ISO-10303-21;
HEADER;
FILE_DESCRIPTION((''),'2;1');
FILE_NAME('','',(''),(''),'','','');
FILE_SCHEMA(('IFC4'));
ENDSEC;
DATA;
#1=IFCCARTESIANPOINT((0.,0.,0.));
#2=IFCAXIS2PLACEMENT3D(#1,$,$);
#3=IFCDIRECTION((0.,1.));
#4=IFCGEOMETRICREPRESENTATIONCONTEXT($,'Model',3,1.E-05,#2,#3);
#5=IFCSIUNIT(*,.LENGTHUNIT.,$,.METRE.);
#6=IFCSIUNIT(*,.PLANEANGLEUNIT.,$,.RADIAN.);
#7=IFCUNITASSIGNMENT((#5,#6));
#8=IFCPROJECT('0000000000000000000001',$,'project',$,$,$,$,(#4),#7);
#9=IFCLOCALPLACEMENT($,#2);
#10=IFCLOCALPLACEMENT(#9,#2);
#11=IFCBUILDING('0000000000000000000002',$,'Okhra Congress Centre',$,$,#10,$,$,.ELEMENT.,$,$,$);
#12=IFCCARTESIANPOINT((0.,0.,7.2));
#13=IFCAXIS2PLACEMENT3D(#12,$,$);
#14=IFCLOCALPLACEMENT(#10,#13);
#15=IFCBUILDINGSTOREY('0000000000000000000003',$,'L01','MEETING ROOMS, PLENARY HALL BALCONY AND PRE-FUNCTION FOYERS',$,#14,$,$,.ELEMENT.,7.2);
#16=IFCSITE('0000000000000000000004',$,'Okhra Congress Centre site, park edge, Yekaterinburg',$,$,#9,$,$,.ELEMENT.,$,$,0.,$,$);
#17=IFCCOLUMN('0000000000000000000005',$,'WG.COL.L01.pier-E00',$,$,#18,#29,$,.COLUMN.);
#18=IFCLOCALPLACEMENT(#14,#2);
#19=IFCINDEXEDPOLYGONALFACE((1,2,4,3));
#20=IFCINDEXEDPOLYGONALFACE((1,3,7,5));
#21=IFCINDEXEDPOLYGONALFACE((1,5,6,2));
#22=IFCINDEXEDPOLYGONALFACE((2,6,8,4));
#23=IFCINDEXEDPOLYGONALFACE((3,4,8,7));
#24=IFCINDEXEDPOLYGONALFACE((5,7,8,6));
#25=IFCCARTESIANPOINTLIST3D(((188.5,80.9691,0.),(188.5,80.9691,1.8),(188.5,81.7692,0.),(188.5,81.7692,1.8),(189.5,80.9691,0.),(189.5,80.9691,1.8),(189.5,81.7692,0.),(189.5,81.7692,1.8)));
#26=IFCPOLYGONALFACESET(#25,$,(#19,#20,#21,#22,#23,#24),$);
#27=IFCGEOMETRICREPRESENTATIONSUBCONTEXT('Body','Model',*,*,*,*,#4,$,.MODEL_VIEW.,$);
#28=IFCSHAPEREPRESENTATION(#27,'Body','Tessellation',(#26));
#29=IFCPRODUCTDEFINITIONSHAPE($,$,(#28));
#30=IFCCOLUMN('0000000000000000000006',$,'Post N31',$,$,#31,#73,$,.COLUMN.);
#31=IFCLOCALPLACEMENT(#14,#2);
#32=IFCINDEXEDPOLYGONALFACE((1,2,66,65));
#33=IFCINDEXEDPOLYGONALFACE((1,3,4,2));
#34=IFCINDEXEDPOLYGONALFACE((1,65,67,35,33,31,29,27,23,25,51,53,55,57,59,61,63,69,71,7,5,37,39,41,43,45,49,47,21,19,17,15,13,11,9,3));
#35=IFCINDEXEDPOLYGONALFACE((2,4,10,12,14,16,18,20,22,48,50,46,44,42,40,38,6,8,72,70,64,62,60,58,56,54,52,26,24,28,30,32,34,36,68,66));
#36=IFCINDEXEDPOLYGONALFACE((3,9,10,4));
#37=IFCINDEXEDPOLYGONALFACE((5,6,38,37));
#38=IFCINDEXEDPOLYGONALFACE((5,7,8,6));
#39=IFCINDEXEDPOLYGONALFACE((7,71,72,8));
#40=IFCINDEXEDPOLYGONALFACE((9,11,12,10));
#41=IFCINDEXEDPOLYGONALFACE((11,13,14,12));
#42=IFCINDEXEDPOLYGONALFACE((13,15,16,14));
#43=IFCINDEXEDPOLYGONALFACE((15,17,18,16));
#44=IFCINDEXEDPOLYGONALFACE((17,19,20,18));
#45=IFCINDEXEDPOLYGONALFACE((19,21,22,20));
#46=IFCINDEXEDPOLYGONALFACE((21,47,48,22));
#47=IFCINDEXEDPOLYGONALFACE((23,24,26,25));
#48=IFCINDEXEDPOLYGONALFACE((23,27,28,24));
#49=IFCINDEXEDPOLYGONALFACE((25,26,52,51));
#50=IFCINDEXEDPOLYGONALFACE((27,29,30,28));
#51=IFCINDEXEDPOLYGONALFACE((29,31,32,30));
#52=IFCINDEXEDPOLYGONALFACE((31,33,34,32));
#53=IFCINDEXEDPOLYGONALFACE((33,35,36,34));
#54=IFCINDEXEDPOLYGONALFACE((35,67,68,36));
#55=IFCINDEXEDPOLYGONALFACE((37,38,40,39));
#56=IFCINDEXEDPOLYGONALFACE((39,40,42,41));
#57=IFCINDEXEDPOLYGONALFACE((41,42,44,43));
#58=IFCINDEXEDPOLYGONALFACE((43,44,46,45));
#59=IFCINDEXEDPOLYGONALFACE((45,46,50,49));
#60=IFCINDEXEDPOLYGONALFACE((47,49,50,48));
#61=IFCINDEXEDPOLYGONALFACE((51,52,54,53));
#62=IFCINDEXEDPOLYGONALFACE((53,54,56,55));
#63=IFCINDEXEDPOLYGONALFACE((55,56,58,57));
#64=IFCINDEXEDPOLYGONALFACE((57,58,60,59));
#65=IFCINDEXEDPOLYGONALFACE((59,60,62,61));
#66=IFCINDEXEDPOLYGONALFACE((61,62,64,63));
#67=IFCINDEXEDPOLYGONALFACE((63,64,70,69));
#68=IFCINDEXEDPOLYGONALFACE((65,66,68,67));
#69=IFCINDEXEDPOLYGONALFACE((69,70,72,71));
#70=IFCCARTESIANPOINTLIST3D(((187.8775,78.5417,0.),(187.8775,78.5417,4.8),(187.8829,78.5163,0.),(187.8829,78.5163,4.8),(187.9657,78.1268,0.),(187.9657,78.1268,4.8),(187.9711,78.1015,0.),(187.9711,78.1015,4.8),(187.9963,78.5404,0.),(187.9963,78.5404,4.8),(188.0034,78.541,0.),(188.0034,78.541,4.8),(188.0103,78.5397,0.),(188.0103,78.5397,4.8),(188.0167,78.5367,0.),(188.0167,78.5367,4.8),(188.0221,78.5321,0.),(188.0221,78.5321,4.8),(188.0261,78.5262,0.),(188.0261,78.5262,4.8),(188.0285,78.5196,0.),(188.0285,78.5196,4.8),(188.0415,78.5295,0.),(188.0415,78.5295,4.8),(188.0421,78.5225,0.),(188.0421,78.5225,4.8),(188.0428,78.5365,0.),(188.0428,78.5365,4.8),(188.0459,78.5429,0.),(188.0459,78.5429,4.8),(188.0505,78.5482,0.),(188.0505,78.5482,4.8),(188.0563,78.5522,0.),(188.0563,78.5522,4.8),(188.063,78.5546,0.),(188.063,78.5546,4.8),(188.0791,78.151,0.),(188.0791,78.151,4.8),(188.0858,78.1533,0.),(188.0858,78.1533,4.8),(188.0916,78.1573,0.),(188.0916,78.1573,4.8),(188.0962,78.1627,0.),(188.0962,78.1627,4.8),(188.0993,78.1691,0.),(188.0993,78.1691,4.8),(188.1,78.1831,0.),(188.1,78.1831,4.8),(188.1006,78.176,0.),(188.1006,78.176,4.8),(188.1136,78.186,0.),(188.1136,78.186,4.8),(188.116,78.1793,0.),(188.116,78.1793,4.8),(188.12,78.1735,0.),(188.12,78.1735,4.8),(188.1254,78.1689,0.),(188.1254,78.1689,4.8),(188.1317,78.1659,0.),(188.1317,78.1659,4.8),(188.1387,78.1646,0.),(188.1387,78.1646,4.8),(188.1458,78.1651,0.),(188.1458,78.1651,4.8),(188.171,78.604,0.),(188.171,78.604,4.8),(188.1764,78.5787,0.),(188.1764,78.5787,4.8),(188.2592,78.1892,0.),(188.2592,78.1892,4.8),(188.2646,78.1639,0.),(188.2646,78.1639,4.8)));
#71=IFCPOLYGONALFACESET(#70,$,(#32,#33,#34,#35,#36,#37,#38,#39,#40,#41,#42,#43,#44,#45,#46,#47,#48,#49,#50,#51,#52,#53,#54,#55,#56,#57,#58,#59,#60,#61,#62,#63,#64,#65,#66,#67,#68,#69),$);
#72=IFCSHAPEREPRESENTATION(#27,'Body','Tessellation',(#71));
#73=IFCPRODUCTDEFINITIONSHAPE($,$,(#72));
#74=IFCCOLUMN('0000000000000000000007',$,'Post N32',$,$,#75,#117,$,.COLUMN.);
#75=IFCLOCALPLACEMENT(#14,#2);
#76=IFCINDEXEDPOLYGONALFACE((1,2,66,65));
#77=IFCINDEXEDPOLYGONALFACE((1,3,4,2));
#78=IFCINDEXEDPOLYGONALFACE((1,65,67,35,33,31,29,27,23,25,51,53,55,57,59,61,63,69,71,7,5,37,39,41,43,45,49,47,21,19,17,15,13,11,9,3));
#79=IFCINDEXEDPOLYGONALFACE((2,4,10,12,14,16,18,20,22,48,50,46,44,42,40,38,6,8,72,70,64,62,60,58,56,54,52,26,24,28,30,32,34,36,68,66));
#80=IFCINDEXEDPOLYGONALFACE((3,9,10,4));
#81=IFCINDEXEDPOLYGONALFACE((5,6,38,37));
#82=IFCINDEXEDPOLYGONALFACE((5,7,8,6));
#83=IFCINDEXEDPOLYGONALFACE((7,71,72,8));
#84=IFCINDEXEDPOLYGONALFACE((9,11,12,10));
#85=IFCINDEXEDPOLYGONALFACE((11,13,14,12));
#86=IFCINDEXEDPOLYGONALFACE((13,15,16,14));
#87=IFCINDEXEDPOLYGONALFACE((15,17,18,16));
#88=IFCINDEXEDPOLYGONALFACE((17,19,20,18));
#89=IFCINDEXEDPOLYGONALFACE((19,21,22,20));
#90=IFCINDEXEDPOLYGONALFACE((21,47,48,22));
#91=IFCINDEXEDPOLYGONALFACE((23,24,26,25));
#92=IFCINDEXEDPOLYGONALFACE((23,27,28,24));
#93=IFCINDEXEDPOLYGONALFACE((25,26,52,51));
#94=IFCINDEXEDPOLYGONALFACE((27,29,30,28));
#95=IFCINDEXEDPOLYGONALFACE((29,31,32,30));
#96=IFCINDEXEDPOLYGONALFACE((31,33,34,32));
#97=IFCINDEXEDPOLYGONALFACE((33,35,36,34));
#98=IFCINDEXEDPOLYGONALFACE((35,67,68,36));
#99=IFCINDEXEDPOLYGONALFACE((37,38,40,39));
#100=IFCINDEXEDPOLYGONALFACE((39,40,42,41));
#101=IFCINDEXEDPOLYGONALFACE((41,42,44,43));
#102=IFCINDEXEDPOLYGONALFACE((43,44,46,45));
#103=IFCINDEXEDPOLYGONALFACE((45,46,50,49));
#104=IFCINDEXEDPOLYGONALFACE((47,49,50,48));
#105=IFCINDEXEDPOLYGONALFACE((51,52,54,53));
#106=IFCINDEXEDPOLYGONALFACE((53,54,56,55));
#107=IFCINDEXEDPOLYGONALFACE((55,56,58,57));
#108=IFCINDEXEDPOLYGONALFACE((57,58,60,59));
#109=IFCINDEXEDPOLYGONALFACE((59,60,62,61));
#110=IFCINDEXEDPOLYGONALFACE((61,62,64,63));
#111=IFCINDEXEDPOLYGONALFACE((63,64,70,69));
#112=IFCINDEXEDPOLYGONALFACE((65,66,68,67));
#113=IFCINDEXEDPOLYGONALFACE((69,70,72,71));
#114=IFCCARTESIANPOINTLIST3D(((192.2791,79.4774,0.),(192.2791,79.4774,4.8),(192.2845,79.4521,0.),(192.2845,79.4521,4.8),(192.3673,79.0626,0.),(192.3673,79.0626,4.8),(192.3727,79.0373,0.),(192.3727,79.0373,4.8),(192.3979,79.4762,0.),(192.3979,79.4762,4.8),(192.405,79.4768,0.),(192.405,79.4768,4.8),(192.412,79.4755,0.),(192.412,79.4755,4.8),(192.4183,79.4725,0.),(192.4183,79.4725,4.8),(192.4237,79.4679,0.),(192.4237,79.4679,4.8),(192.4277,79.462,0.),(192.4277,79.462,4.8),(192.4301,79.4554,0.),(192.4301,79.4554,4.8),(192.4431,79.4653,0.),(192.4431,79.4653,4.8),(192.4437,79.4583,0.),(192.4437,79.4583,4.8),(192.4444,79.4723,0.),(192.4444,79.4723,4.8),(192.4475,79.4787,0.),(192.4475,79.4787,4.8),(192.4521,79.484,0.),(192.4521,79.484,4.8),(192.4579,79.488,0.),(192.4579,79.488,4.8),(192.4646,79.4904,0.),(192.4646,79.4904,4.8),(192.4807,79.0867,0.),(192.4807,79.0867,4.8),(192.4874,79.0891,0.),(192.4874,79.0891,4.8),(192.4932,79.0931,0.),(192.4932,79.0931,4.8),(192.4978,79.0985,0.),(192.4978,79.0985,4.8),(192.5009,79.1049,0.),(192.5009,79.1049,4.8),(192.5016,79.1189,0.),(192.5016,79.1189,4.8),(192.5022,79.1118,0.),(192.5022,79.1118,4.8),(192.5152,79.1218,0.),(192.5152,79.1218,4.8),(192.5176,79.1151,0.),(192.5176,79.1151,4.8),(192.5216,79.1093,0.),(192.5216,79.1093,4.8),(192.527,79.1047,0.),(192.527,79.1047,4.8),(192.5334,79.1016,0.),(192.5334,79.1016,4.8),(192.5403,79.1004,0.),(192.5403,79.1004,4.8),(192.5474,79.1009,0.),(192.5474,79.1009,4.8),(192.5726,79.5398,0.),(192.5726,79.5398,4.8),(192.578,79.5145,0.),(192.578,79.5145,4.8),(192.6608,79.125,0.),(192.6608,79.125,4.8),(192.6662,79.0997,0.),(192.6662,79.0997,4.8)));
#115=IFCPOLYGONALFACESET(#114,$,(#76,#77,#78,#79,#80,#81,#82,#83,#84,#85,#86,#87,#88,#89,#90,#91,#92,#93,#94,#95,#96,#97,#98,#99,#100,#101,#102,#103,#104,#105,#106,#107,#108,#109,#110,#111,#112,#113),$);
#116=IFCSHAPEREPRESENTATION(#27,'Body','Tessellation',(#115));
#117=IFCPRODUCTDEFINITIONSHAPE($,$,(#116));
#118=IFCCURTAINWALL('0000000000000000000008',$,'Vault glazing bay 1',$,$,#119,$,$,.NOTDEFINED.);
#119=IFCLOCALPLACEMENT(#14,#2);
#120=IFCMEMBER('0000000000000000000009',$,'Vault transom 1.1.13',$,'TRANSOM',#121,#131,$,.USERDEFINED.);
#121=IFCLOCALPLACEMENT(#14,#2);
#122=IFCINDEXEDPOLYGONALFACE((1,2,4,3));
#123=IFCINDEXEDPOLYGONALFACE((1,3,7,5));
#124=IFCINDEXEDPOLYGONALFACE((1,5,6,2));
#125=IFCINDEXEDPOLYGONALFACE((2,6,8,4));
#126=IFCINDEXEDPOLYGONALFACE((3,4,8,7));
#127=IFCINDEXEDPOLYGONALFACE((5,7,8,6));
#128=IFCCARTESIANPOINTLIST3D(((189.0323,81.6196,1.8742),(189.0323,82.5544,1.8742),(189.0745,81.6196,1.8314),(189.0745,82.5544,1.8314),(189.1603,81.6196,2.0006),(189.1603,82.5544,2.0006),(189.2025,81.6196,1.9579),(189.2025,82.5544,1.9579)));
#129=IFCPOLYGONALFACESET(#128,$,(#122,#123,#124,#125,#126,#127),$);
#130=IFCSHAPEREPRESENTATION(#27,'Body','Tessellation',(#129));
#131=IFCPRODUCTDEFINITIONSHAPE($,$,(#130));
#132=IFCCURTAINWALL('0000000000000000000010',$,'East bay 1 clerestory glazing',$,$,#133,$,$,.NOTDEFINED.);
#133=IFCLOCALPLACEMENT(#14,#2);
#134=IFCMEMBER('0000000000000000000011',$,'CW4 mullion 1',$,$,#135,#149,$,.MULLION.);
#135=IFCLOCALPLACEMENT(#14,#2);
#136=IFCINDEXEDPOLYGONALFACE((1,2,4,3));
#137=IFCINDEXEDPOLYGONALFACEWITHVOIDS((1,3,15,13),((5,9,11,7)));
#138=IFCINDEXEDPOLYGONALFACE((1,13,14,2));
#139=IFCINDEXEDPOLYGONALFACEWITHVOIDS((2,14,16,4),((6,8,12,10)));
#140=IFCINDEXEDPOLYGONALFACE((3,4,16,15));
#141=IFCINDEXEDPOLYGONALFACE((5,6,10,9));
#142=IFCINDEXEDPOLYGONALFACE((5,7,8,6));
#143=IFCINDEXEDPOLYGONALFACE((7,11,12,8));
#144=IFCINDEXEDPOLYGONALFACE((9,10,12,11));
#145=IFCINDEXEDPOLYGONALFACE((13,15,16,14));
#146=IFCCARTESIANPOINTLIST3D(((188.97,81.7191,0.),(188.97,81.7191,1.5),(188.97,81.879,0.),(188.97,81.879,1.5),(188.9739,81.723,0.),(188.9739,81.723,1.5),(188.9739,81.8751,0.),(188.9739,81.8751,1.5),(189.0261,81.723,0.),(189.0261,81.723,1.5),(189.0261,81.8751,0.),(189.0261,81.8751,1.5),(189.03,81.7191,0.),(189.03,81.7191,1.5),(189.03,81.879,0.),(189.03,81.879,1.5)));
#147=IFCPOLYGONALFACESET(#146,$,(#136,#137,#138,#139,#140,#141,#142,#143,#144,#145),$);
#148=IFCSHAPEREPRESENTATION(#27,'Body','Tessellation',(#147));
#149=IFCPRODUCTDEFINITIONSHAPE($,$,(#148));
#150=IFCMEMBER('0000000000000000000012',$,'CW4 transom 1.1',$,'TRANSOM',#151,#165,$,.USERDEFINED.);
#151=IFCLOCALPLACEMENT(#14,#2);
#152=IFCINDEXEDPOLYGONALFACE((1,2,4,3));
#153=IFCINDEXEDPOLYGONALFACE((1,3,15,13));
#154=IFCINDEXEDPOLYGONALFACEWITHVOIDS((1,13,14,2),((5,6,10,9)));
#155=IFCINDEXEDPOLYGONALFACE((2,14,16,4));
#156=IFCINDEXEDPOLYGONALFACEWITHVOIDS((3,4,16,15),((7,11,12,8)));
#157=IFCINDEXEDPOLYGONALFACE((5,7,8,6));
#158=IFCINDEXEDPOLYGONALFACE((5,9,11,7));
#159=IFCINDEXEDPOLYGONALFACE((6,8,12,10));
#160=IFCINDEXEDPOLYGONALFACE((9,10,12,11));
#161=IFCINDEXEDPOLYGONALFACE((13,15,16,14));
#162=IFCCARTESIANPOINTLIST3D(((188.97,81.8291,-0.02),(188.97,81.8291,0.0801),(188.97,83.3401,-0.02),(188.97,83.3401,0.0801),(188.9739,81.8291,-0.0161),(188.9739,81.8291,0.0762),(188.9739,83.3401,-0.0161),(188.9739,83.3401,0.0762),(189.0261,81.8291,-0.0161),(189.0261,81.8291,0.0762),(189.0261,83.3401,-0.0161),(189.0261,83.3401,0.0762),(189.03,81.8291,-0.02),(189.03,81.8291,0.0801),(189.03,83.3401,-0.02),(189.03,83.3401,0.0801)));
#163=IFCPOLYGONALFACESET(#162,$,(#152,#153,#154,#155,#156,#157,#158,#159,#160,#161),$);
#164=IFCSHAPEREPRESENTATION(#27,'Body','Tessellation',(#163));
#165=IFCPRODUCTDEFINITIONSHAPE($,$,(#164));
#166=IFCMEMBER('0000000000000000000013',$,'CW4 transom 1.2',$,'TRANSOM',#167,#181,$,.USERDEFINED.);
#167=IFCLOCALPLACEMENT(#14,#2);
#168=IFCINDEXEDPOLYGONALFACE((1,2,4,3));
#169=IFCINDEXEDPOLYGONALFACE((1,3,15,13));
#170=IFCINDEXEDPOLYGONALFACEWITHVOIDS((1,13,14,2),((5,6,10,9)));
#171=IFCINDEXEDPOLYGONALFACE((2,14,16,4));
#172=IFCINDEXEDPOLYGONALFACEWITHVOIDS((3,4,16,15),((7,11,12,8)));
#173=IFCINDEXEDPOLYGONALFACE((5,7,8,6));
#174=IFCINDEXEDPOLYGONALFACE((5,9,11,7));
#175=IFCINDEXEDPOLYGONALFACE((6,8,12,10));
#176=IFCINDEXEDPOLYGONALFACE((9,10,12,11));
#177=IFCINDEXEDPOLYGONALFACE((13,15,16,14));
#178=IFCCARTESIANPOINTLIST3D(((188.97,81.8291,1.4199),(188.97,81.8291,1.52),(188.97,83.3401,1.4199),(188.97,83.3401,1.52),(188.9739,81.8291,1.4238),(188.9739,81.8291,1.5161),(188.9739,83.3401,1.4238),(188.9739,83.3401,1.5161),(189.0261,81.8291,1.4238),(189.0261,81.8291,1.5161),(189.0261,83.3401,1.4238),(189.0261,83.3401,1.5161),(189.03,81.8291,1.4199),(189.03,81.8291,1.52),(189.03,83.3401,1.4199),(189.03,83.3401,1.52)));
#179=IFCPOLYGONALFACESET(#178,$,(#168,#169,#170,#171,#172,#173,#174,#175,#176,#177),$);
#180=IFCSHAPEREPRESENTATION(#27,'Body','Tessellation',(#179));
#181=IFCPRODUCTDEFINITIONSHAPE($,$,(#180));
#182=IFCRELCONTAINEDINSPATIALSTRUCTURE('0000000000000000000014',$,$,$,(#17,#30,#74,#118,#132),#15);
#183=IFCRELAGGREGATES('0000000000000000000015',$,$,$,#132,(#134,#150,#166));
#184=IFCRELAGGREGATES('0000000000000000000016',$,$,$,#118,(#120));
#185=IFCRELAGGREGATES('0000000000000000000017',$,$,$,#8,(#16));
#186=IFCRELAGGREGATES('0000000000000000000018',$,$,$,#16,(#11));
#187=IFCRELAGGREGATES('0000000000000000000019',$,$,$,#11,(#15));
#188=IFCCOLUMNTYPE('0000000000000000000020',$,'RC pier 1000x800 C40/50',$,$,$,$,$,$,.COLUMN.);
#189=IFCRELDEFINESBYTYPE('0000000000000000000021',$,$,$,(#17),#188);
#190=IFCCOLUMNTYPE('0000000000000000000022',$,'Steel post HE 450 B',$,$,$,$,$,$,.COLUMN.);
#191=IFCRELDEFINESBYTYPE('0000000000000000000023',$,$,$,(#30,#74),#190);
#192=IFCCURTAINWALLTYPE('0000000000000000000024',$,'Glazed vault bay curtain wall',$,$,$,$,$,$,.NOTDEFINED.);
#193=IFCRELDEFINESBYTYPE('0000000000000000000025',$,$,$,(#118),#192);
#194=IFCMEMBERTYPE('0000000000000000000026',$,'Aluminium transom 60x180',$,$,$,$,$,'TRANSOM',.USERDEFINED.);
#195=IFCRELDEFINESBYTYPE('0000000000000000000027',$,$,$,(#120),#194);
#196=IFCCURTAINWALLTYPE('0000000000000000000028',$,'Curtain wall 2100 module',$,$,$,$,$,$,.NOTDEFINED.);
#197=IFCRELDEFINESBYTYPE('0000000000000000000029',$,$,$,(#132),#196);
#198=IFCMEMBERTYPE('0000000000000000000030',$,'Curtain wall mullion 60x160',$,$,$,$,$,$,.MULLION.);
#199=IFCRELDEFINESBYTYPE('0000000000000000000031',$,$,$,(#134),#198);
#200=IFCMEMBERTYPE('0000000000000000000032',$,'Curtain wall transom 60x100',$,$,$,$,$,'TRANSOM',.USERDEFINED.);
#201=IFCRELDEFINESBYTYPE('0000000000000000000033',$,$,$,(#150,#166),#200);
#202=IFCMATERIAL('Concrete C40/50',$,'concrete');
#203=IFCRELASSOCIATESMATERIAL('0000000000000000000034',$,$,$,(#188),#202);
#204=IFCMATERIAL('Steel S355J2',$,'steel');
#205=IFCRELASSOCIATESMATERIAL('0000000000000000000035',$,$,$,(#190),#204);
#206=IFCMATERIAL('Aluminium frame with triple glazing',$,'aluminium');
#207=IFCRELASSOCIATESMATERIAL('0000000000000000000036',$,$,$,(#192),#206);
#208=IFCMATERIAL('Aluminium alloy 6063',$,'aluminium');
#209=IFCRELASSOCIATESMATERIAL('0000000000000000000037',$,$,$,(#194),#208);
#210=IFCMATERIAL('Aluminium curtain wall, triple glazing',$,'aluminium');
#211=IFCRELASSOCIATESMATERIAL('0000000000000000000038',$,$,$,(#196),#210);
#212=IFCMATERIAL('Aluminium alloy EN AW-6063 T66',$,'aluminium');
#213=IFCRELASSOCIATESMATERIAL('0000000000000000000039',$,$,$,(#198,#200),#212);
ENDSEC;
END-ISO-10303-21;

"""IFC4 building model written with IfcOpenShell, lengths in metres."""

from ifc_helpers import new_model, si_unit, direction, frame, origin, origin_2d, place, context, subcontext, project, spatial, rectangle, hollow_rectangle, i_section, extrude, material, material_profile, profile_set, type_object, element, aggregate, save


model = new_model("IFC4")

# Units and contexts
model_context = context("Model", 3, precision=1e-05, world=origin(), true_north=direction((0.0, 1.0)))
body_context = subcontext(model_context, "Body", "Model", "MODEL_VIEW")
ifc_project = project(units=[si_unit("LENGTHUNIT", "METRE"), si_unit("PLANEANGLEUNIT", "RADIAN")], contexts=[model_context])

# Site, building, storey
site_placement = place(None, origin())
site = spatial("IfcSite", under=ifc_project, at=site_placement, Name="Okhra Congress Centre site, park edge, Yekaterinburg", CompositionType="ELEMENT", RefElevation=0.0)
building_placement = place(site_placement, origin())
building = spatial("IfcBuilding", under=site, at=building_placement, Name="Okhra Congress Centre", CompositionType="ELEMENT")
storey_placement = place(building_placement, frame((0.0, 0.0, 7.2)))
storey = spatial("IfcBuildingStorey", under=building, at=storey_placement, Name="L01", Description="MEETING ROOMS, PLENARY HALL BALCONY AND PRE-FUNCTION FOYERS", CompositionType="ELEMENT", Elevation=7.2)

# Columns
ifc_material_1 = material(Name="Concrete C40/50", Category="concrete")
ifc_material_profile_1 = material_profile(ifc_material_1, rectangle(XDim=1.0, YDim=0.8, at=origin_2d()), Name="RC 1000x800")
ifc_profile_set_1 = profile_set([ifc_material_profile_1], Name="Concrete C40/50")
column_type_1 = type_object("IfcColumnType", Name="RC pier 1000x800 C40/50", PredefinedType="COLUMN", material=ifc_profile_set_1)
column_placement = place(storey_placement, frame((189.0, 81.3691, 0.0), z_axis=(0.0, 0.0, 1.0), x_axis=(1.0, 0.0, 0.0)))
element("IfcColumn", 1, at=column_placement, inside=storey, type_object=column_type_1, Name="WG.COL.L01.pier-E00", PredefinedType="COLUMN", context=body_context, shape_type="SweptSolid", body=[
    extrude(rectangle(XDim=1.0, YDim=0.8, at=origin_2d()), origin(), (0.0, 0.0, 1.0), 1.8),
])
ifc_material_2 = material(Name="Steel S355J2", Category="steel")
ifc_material_profile_2 = material_profile(ifc_material_2, i_section(OverallWidth=0.3, OverallDepth=0.45, WebThickness=0.0139, FlangeThickness=0.0259, FilletRadius=0.0271, at=origin_2d()), Name="HE 450 B")
ifc_profile_set_2 = profile_set([ifc_material_profile_2], Name="Steel S355J2")
column_type_2 = type_object("IfcColumnType", Name="Steel post HE 450 B", PredefinedType="COLUMN", material=ifc_profile_set_2)
for number, where, z_axis, x_axis, name in (
    (2, (188.071, 78.3528, 0.0), (0.0, 0.0, 1.0), (0.978148, 0.207912, 0.0), "Post N31"),
    (3, (192.4727, 79.2886, 0.0), (0.0, 0.0, 1.0), (0.978148, 0.207912, 0.0), "Post N32"),
):
    element("IfcColumn", number, at=place(storey_placement, frame(where, z_axis=z_axis, x_axis=x_axis)), inside=storey, type_object=column_type_2, Name=name, PredefinedType="COLUMN", context=body_context, shape_type="SweptSolid", body=[
        extrude(i_section(OverallWidth=0.3, OverallDepth=0.45, WebThickness=0.0139, FlangeThickness=0.0259, FilletRadius=0.0271, at=origin_2d()), origin(), (0.0, 0.0, 1.0), 4.8),
    ])

# Curtain wall, member
ifc_material_3 = material(Name="Aluminium frame with triple glazing", Category="aluminium")
curtain_wall_type_1 = type_object("IfcCurtainWallType", Name="Glazed vault bay curtain wall", PredefinedType="NOTDEFINED", material=ifc_material_3)
curtain_wall_1_placement = place(storey_placement, origin())
curtain_wall_1 = element("IfcCurtainWall", 4, at=curtain_wall_1_placement, inside=storey, type_object=curtain_wall_type_1, Name="Vault glazing bay 1", PredefinedType="NOTDEFINED")
ifc_material_4 = material(Name="Aluminium alloy 6063", Category="aluminium")
ifc_material_profile_3 = material_profile(ifc_material_4, rectangle(XDim=0.0601, YDim=0.1799, at=origin_2d()), Name="AL 60x180 transom")
ifc_profile_set_3 = profile_set([ifc_material_profile_3], Name="Aluminium alloy 6063")
member_type_1 = type_object("IfcMemberType", Name="Aluminium transom 60x180", ElementType="TRANSOM", PredefinedType="USERDEFINED", material=ifc_profile_set_3)
member_1_placement = place(storey_placement, frame((189.1174, 81.6196, 1.916), z_axis=(0.0, 1.0, 0.0), x_axis=(-0.702636, 0.0, 0.711549)))
member_1 = element("IfcMember", 5, at=member_1_placement, type_object=member_type_1, Name="Vault transom 1.1.13", ObjectType="TRANSOM", PredefinedType="USERDEFINED", context=body_context, shape_type="SweptSolid", body=[
    extrude(rectangle(XDim=0.0601, YDim=0.1799, at=origin_2d()), origin(), (0.0, 0.0, 1.0), 0.9348),
])

# Curtain wall, members
ifc_material_5 = material(Name="Aluminium curtain wall, triple glazing", Category="aluminium")
curtain_wall_type_2 = type_object("IfcCurtainWallType", Name="Curtain wall 2100 module", PredefinedType="NOTDEFINED", material=ifc_material_5)
curtain_wall_2_placement = place(storey_placement, origin())
curtain_wall_2 = element("IfcCurtainWall", 6, at=curtain_wall_2_placement, inside=storey, type_object=curtain_wall_type_2, Name="East bay 1 clerestory glazing", PredefinedType="NOTDEFINED")
ifc_material_6 = material(Name="Aluminium alloy EN AW-6063 T66", Category="aluminium")
ifc_material_profile_4 = material_profile(ifc_material_6, hollow_rectangle(XDim=0.0601, YDim=0.1599, WallThickness=0.0039, at=origin_2d()), Name="RHS 60x160x4")
ifc_profile_set_4 = profile_set([ifc_material_profile_4], Name="Aluminium alloy EN AW-6063 T66")
member_type_2 = type_object("IfcMemberType", Name="Curtain wall mullion 60x160", PredefinedType="MULLION", material=ifc_profile_set_4)
member_2_placement = place(storey_placement, frame((189.0, 81.7991, 0.0), z_axis=(0.0, 0.0, 1.0), x_axis=(-1.0, 0.0, 0.0)))
member_2 = element("IfcMember", 7, at=member_2_placement, type_object=member_type_2, Name="CW4 mullion 1", PredefinedType="MULLION", context=body_context, shape_type="SweptSolid", body=[
    extrude(hollow_rectangle(XDim=0.0601, YDim=0.1599, WallThickness=0.0039, at=origin_2d()), origin(), (0.0, 0.0, 1.0), 1.5),
])
ifc_material_profile_5 = material_profile(ifc_material_6, hollow_rectangle(XDim=0.0601, YDim=0.1001, WallThickness=0.0039, at=origin_2d()), Name="RHS 60x100x4")
ifc_profile_set_5 = profile_set([ifc_material_profile_5], Name="Aluminium alloy EN AW-6063 T66")
member_type_3 = type_object("IfcMemberType", Name="Curtain wall transom 60x100", ElementType="TRANSOM", PredefinedType="USERDEFINED", material=ifc_profile_set_5)
member_3_placement = place(storey_placement, frame((189.0, 81.8291, 0.03), z_axis=(0.0, 1.0, 0.0), x_axis=(-1.0, 0.0, 0.0)))
member_3 = element("IfcMember", 8, at=member_3_placement, type_object=member_type_3, Name="CW4 transom 1.1", ObjectType="TRANSOM", PredefinedType="USERDEFINED", context=body_context, shape_type="SweptSolid", body=[
    extrude(hollow_rectangle(XDim=0.0601, YDim=0.1001, WallThickness=0.0039, at=origin_2d()), origin(), (0.0, 0.0, 1.0), 1.511),
])
member_4_placement = place(storey_placement, frame((189.0, 81.8291, 1.47), z_axis=(0.0, 1.0, 0.0), x_axis=(-1.0, 0.0, 0.0)))
member_4 = element("IfcMember", 9, at=member_4_placement, type_object=member_type_3, Name="CW4 transom 1.2", ObjectType="TRANSOM", PredefinedType="USERDEFINED", context=body_context, shape_type="SweptSolid", body=[
    extrude(hollow_rectangle(XDim=0.0601, YDim=0.1001, WallThickness=0.0039, at=origin_2d()), origin(), (0.0, 0.0, 1.0), 1.511),
])
aggregate(curtain_wall_2, [member_2, member_3, member_4])

aggregate(curtain_wall_1, [member_1])

save(model, "model.ifc")
